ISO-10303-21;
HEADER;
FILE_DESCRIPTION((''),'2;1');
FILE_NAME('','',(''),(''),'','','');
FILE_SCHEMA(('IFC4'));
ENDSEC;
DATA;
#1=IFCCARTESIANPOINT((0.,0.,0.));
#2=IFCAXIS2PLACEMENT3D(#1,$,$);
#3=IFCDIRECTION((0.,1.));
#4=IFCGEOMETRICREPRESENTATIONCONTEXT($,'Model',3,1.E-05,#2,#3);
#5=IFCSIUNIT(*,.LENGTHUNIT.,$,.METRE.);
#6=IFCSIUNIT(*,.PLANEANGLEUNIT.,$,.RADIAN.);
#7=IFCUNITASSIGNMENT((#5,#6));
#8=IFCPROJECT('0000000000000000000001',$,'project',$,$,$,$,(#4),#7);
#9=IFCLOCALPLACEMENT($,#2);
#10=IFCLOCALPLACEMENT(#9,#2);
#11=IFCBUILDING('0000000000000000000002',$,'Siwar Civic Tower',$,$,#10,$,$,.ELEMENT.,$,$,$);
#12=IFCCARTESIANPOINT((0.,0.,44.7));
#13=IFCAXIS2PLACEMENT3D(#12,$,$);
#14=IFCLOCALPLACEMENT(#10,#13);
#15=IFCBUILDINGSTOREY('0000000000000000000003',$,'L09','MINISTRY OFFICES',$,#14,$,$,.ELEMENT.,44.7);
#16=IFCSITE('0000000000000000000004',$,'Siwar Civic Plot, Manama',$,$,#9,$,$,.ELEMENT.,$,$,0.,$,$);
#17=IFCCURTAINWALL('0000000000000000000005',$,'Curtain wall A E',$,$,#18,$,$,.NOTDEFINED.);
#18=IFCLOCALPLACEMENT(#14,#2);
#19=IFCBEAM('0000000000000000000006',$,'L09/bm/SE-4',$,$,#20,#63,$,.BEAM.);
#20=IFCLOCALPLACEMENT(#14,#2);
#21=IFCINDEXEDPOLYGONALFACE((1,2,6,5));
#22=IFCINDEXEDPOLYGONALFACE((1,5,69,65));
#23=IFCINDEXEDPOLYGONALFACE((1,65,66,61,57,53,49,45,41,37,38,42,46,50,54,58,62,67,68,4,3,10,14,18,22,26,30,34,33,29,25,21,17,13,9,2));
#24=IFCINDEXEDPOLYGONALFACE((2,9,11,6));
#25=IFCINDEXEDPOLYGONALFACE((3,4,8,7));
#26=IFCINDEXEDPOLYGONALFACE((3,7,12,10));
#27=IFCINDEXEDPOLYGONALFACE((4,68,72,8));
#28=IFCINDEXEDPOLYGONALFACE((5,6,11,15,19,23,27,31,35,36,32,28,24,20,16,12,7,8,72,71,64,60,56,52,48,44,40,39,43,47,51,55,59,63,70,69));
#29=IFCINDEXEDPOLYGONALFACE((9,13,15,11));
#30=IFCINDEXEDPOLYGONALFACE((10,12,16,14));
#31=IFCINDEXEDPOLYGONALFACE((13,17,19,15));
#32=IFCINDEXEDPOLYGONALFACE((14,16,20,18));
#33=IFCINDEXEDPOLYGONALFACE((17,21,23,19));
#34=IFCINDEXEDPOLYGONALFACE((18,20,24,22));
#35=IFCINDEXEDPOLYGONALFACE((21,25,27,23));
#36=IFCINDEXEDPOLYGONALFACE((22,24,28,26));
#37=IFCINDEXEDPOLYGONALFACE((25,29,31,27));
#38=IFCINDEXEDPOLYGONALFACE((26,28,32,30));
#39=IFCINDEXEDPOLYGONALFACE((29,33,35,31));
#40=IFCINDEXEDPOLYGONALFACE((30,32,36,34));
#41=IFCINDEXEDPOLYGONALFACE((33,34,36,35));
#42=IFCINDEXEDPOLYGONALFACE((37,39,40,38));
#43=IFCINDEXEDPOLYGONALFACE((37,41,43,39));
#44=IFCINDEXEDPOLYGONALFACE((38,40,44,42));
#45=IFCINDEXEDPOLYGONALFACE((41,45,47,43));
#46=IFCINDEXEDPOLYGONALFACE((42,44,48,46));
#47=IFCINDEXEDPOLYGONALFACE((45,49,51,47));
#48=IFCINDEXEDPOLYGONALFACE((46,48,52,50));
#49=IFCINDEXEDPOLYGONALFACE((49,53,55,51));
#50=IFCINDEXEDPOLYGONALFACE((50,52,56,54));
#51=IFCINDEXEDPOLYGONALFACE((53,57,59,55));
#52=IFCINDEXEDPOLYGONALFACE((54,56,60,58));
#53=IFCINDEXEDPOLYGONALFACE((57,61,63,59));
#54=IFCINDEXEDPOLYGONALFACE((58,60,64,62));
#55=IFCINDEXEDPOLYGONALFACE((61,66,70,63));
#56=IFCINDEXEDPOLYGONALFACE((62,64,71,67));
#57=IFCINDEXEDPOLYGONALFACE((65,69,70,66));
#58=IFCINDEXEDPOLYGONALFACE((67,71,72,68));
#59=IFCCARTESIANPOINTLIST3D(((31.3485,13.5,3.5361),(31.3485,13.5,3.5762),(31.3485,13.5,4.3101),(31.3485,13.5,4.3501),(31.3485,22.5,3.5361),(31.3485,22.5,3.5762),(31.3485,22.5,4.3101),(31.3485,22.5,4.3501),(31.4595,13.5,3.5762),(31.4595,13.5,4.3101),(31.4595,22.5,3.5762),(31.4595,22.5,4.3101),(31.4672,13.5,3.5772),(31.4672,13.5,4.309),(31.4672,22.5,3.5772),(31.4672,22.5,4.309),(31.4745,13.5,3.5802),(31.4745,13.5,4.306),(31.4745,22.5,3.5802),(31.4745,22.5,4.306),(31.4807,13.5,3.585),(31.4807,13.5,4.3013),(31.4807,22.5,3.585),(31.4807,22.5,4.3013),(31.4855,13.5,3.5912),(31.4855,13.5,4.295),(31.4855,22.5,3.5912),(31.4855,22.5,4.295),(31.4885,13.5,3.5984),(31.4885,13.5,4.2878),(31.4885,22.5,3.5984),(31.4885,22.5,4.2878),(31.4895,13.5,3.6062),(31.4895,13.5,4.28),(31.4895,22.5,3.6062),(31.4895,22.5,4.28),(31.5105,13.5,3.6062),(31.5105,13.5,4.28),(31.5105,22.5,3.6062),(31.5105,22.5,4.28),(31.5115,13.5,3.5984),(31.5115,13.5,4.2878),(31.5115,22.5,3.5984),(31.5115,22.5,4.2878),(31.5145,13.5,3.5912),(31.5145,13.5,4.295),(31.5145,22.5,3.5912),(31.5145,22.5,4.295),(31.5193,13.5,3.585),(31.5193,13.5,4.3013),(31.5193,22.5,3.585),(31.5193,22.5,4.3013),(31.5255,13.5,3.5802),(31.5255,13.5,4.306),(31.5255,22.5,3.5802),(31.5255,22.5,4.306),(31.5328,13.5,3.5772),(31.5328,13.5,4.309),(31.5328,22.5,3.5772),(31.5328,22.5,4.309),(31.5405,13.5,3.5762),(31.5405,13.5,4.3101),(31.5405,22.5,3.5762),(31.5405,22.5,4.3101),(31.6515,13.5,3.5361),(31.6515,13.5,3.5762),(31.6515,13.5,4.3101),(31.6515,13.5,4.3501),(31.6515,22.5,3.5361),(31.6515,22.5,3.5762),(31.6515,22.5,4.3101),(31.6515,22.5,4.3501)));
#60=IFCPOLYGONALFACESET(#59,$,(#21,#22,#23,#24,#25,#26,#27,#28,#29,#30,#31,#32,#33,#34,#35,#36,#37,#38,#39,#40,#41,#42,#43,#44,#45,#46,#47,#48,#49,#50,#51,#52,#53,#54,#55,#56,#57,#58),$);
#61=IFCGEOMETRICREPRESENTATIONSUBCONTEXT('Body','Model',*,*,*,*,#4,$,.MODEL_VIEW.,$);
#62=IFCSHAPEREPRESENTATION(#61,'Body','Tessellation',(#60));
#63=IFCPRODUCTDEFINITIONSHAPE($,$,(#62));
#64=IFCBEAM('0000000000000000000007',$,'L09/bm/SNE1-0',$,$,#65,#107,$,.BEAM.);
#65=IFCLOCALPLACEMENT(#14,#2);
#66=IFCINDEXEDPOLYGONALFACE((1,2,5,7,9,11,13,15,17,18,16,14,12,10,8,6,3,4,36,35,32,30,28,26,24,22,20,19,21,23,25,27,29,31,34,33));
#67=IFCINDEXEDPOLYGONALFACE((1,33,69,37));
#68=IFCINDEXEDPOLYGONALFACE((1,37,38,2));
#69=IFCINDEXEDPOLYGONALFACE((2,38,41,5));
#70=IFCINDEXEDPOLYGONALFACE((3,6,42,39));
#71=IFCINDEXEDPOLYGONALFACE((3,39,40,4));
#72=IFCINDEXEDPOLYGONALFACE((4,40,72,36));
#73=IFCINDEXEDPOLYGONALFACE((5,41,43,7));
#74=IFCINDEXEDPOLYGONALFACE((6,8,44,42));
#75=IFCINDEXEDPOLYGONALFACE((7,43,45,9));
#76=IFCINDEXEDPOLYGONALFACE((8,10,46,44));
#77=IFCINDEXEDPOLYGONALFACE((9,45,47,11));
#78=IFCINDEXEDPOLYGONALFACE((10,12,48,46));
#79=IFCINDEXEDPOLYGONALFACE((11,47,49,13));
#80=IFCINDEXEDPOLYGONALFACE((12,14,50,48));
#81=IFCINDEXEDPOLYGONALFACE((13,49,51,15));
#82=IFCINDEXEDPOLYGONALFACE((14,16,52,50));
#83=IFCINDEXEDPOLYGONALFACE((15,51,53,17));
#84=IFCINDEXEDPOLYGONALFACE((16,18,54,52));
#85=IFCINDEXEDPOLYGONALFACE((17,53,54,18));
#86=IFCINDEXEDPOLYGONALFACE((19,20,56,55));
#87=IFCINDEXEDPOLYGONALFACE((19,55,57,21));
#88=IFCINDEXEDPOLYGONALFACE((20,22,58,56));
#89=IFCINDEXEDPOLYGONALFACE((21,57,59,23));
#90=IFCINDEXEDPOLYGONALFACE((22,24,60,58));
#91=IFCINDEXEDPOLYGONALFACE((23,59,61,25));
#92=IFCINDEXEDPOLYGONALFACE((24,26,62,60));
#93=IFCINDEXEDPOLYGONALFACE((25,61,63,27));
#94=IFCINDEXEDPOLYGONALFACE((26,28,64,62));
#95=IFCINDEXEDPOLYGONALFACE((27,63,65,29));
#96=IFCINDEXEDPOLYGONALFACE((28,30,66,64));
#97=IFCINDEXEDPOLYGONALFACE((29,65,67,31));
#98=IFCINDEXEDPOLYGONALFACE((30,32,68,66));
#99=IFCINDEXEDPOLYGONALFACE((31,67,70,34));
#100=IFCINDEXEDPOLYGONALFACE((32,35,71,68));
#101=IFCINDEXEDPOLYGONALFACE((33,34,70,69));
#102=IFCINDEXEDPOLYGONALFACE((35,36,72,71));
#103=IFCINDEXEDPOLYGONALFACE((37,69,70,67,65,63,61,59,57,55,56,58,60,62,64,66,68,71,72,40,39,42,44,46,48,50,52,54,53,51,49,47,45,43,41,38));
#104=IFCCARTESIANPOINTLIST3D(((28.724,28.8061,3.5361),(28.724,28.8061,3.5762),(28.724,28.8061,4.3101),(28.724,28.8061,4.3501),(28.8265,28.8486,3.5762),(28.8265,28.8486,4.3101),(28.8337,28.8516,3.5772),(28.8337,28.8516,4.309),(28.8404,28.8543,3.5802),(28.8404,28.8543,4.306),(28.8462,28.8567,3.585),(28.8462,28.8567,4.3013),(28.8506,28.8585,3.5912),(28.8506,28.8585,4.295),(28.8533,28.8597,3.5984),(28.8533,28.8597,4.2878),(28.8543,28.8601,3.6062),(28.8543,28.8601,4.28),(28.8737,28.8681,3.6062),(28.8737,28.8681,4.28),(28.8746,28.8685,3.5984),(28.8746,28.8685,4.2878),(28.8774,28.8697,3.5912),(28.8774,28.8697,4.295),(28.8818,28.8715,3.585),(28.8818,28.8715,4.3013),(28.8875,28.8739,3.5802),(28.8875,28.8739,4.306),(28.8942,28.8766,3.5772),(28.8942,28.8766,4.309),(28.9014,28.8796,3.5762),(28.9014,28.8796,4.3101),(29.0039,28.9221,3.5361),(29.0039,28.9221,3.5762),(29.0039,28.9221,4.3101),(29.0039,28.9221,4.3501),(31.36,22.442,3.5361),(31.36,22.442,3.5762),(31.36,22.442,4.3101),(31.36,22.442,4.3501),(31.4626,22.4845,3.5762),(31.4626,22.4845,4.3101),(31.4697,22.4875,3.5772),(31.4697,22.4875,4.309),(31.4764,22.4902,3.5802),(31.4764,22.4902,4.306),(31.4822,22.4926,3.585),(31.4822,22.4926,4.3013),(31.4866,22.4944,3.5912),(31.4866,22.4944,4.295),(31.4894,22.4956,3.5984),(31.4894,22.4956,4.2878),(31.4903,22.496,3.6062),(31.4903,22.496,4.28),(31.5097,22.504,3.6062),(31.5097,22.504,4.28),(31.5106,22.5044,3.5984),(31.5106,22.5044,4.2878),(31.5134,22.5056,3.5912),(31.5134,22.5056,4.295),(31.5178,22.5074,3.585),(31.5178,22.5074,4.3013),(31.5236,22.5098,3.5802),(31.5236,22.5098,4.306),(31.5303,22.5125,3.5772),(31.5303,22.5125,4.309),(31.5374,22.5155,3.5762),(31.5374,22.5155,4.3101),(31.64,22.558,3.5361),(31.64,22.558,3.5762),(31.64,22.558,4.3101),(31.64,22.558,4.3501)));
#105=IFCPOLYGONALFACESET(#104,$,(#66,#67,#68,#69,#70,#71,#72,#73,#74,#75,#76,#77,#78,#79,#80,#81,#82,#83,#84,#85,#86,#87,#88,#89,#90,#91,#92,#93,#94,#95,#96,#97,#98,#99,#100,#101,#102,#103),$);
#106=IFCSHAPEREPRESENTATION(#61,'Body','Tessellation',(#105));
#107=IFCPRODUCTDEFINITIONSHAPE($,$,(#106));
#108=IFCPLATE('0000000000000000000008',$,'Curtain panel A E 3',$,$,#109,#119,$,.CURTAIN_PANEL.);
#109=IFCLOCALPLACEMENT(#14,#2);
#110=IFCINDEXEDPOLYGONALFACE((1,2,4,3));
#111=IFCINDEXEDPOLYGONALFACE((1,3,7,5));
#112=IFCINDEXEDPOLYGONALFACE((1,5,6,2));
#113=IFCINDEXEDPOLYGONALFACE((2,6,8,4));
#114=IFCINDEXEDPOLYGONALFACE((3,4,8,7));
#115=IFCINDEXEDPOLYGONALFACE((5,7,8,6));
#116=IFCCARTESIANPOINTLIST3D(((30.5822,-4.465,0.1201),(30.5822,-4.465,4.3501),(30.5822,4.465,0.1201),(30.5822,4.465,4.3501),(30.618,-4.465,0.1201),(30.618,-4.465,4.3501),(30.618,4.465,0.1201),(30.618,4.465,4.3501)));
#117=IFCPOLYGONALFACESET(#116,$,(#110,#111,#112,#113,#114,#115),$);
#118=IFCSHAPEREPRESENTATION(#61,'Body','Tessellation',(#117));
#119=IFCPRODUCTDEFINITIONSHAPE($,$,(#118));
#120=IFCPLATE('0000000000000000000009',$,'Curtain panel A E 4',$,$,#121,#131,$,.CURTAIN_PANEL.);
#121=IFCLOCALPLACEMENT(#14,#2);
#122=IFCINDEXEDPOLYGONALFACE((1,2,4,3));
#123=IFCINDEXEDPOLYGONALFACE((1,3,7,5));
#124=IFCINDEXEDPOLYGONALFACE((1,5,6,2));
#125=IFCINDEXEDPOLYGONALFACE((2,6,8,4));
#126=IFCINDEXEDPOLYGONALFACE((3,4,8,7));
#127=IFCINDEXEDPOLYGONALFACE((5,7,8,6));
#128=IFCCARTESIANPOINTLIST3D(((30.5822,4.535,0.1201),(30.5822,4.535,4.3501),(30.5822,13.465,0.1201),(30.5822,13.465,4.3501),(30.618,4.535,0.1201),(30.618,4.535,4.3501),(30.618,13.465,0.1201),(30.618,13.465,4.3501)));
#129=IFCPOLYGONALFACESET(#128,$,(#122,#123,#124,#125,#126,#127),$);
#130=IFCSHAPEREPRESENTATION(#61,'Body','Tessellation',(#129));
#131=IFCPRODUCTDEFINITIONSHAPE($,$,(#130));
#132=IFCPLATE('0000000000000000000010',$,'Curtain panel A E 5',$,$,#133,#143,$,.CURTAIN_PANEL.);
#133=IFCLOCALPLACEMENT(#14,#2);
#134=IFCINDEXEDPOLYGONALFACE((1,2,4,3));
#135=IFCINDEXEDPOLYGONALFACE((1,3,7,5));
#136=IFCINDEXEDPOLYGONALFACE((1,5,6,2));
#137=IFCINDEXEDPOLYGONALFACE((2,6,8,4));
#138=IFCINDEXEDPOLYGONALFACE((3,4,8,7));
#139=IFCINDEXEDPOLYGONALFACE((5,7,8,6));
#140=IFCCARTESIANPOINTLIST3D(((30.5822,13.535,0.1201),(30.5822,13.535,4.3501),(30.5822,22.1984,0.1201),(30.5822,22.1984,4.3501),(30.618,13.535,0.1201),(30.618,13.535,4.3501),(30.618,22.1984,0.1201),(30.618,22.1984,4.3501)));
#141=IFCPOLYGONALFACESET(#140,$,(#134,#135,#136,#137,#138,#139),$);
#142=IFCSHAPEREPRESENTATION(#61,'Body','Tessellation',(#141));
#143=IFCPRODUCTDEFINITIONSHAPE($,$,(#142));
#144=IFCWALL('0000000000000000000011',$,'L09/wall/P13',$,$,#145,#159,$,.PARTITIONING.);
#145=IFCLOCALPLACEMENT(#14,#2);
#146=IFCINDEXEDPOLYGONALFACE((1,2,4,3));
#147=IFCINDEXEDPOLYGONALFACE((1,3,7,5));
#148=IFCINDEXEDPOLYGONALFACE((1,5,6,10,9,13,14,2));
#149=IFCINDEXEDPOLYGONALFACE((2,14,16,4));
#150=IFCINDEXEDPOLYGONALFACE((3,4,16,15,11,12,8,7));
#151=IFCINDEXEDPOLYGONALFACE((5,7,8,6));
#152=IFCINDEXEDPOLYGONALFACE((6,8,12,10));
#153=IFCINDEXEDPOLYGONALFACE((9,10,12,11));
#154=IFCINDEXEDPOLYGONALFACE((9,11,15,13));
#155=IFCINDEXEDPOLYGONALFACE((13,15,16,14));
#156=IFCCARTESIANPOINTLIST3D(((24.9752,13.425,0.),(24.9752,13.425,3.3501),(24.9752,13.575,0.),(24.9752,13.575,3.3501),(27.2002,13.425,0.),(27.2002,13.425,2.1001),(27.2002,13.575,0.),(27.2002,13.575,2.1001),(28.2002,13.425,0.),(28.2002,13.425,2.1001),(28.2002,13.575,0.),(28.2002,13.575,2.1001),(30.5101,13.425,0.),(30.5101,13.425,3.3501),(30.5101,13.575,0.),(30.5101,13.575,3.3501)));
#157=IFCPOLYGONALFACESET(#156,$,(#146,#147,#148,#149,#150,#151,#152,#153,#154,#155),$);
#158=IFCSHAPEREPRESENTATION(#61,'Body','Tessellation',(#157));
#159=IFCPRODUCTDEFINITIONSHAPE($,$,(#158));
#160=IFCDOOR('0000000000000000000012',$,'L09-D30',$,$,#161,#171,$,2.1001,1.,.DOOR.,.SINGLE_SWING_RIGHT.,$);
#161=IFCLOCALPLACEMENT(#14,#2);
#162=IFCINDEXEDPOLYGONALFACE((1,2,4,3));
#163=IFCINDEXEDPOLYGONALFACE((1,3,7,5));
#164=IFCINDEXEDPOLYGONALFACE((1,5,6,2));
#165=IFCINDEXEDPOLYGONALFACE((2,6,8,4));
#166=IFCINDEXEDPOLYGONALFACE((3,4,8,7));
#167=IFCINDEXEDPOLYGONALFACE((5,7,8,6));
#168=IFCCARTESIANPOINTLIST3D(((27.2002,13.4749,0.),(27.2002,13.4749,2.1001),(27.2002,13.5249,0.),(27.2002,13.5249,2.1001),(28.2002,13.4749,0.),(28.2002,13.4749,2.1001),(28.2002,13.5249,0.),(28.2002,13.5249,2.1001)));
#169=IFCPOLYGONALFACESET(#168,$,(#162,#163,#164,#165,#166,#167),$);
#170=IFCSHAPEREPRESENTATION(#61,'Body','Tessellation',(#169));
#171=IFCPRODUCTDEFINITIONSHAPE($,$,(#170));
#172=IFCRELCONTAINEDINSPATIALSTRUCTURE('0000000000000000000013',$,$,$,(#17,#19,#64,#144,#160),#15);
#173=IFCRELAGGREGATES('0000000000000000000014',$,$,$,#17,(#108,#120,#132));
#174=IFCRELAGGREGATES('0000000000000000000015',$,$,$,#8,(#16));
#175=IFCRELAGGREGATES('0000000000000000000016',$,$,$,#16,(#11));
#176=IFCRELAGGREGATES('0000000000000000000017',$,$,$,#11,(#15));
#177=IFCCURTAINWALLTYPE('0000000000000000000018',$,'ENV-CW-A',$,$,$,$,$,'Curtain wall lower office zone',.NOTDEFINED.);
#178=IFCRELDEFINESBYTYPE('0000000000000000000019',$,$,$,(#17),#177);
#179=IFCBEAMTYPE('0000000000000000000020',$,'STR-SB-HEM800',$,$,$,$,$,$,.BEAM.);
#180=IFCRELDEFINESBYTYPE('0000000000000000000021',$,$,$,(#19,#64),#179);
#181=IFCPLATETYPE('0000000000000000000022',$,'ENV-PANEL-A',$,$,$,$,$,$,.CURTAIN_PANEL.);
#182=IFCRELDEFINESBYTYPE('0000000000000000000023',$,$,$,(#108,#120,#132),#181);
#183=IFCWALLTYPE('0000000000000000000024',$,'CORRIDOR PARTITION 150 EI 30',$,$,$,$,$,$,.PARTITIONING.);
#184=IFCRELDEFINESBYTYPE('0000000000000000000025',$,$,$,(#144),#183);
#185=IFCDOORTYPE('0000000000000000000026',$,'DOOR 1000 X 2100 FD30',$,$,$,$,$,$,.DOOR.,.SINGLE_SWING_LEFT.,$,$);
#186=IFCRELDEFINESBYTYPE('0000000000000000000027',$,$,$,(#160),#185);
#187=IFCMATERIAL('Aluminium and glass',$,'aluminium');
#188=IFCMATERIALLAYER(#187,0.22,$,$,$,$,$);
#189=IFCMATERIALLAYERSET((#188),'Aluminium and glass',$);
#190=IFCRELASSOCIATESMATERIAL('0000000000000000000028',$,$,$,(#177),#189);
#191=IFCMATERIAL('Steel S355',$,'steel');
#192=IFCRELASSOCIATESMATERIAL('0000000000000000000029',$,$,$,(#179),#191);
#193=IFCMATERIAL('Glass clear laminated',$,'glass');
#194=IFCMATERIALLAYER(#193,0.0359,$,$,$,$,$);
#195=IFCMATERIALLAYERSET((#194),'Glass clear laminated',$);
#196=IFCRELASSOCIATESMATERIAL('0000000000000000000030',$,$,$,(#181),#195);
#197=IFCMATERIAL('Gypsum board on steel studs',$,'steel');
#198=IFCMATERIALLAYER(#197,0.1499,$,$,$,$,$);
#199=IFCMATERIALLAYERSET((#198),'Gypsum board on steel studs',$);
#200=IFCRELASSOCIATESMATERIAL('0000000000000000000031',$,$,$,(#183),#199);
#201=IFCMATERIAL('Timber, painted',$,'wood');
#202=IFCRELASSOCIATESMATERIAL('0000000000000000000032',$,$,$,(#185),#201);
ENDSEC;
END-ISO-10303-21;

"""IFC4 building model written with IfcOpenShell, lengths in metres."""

from ifc_helpers import new_model, si_unit, direction, frame, frame_2d, origin, origin_2d, place, context, subcontext, project, spatial, rectangle, i_section, extrude, material, layer, layer_set, material_profile, profile_set, type_object, element, fill, aggregate, save


model = new_model("IFC4")

# Units and contexts
model_context = context("Model", 3, precision=1e-05, world=origin(), true_north=direction((0.0, 1.0)))
body_context = subcontext(model_context, "Body", "Model", "MODEL_VIEW")
ifc_project = project(units=[si_unit("LENGTHUNIT", "METRE"), si_unit("PLANEANGLEUNIT", "RADIAN")], contexts=[model_context])

# Site, building, storey
site_placement = place(None, origin())
site = spatial("IfcSite", under=ifc_project, at=site_placement, Name="Siwar Civic Plot, Manama", CompositionType="ELEMENT", RefElevation=0.0)
building_placement = place(site_placement, origin())
building = spatial("IfcBuilding", under=site, at=building_placement, Name="Siwar Civic Tower", CompositionType="ELEMENT")
storey_placement = place(building_placement, frame((0.0, 0.0, 44.7)))
storey = spatial("IfcBuildingStorey", under=building, at=storey_placement, Name="L09", Description="MINISTRY OFFICES", CompositionType="ELEMENT", Elevation=44.7)

# Curtain wall
ifc_material_1 = material(Name="Aluminium and glass", Category="aluminium")
ifc_layer_1 = layer(ifc_material_1, 0.22)
ifc_layer_set_1 = layer_set([ifc_layer_1], Name="Aluminium and glass")
curtain_wall_type_1 = type_object("IfcCurtainWallType", Name="ENV-CW-A", ElementType="Curtain wall lower office zone", PredefinedType="NOTDEFINED", material=ifc_layer_set_1)
curtain_wall_1_placement = place(storey_placement, origin())
curtain_wall_1 = element("IfcCurtainWall", 1, at=curtain_wall_1_placement, inside=storey, type_object=curtain_wall_type_1, Name="Curtain wall A E", PredefinedType="NOTDEFINED")

# Beams
ifc_material_2 = material(Name="Steel S355", Category="steel")
ifc_material_profile_1 = material_profile(ifc_material_2, i_section(OverallWidth=0.303, OverallDepth=0.814, WebThickness=0.021, FlangeThickness=0.04, FilletRadius=0.03, at=origin_2d()), Name="HEM800")
ifc_profile_set_1 = profile_set([ifc_material_profile_1], Name="Steel S355")
beam_type_1 = type_object("IfcBeamType", Name="STR-SB-HEM800", PredefinedType="BEAM", material=ifc_profile_set_1)
for number, where, z_axis, x_axis, name in (
    (2, (31.5, 13.5, 3.9431), (0.0, 1.0, 0.0), (-1.0, 0.0, 0.0), "L09/bm/SE-4"),
):
    element("IfcBeam", number, at=place(storey_placement, frame(where, z_axis=z_axis, x_axis=x_axis)), inside=storey, type_object=beam_type_1, Name=name, PredefinedType="BEAM", context=body_context, shape_type="SweptSolid", body=[
        extrude(i_section(OverallWidth=0.303, OverallDepth=0.814, WebThickness=0.021, FlangeThickness=0.04, FilletRadius=0.03, at=origin_2d()), origin(), (0.0, 0.0, 1.0), 9.0),
    ])
beam_1_placement = place(storey_placement, frame((31.5, 22.5, 3.9431), z_axis=(-0.382674, 0.923883, 0.0), x_axis=(-0.923883, -0.382674, 0.0)))
element("IfcBeam", 3, at=beam_1_placement, inside=storey, type_object=beam_type_1, Name="L09/bm/SNE1-0", PredefinedType="BEAM", context=body_context, shape_type="SweptSolid", body=[
    extrude(i_section(OverallWidth=0.303, OverallDepth=0.814, WebThickness=0.021, FlangeThickness=0.04, FilletRadius=0.03, at=origin_2d()), origin(), (0.0, 0.0, 1.0), 6.8884),
])

# Plates
ifc_material_3 = material(Name="Glass clear laminated", Category="glass")
ifc_layer_2 = layer(ifc_material_3, 0.0359)
ifc_layer_set_2 = layer_set([ifc_layer_2], Name="Glass clear laminated")
plate_type = type_object("IfcPlateType", Name="ENV-PANEL-A", PredefinedType="CURTAIN_PANEL", material=ifc_layer_set_2)
plate_1_placement = place(storey_placement, frame((30.6001, 0.0, 0.1201), z_axis=(0.0, 0.0, 1.0), x_axis=(0.0, 1.0, 0.0)))
plate_1 = element("IfcPlate", 4, at=plate_1_placement, type_object=plate_type, Name="Curtain panel A E 3", PredefinedType="CURTAIN_PANEL", context=body_context, shape_type="SweptSolid", body=[
    extrude(rectangle(XDim=8.9299, YDim=0.0359, at=origin_2d()), origin(), (0.0, 0.0, 1.0), 4.23),
])
plate_2_placement = place(storey_placement, frame((30.6001, 9.0, 0.1201), z_axis=(0.0, 0.0, 1.0), x_axis=(0.0, 1.0, 0.0)))
plate_2 = element("IfcPlate", 5, at=plate_2_placement, type_object=plate_type, Name="Curtain panel A E 4", PredefinedType="CURTAIN_PANEL", context=body_context, shape_type="SweptSolid", body=[
    extrude(rectangle(XDim=8.9299, YDim=0.0359, at=origin_2d()), origin(), (0.0, 0.0, 1.0), 4.23),
])
plate_3_placement = place(storey_placement, frame((30.6001, 17.8667, 0.1201), z_axis=(0.0, 0.0, 1.0), x_axis=(0.0, 1.0, 0.0)))
plate_3 = element("IfcPlate", 6, at=plate_3_placement, type_object=plate_type, Name="Curtain panel A E 5", PredefinedType="CURTAIN_PANEL", context=body_context, shape_type="SweptSolid", body=[
    extrude(rectangle(XDim=8.6633, YDim=0.0359, at=origin_2d()), origin(), (0.0, 0.0, 1.0), 4.23),
])
aggregate(curtain_wall_1, [plate_1, plate_2, plate_3])

# Wall, opening, door
ifc_material_4 = material(Name="Gypsum board on steel studs", Category="steel")
ifc_layer_3 = layer(ifc_material_4, 0.1499)
ifc_layer_set_3 = layer_set([ifc_layer_3], Name="Gypsum board on steel studs")
wall_type_1 = type_object("IfcWallType", Name="CORRIDOR PARTITION 150 EI 30", PredefinedType="PARTITIONING", material=ifc_layer_set_3)
wall_1_placement = place(storey_placement, frame((24.9751, 13.5, 0.0), z_axis=(0.0, 0.0, 1.0), x_axis=(1.0, 0.0, 0.0)))
wall_1 = element("IfcWall", 7, at=wall_1_placement, inside=storey, type_object=wall_type_1, Name="L09/wall/P13", PredefinedType="PARTITIONING", context=body_context, shape_type="SweptSolid", body=[
    extrude(rectangle(XDim=5.5349, YDim=0.1499, at=frame_2d((2.7676, 0.0))), origin(), (0.0, 0.0, 1.0), 3.3501),
])
opening_1_placement = place(wall_1_placement, frame((2.2251, 0.0, 0.0)))
opening_1 = element("IfcOpeningElement", 8, at=opening_1_placement, cuts=wall_1, PredefinedType="OPENING", context=body_context, shape_type="SweptSolid", body=[
    extrude(rectangle(XDim=1.0, YDim=2.1001, at=frame_2d((0.5, 1.05))), frame((0.0, 0.085, 0.0), z_axis=(0.0, -1.0, 0.0), x_axis=(1.0, 0.0, 0.0)), (0.0, 0.0, 1.0), 0.1699),
])
ifc_material_5 = material(Name="Timber, painted", Category="wood")
door_type_1 = type_object("IfcDoorType", Name="DOOR 1000 X 2100 FD30", OperationType="SINGLE_SWING_LEFT", PredefinedType="DOOR", material=ifc_material_5)
door_1_placement = place(opening_1_placement, origin())
door_1 = element("IfcDoor", 9, at=door_1_placement, inside=storey, type_object=door_type_1, Name="L09-D30", OperationType="SINGLE_SWING_RIGHT", OverallHeight=2.1001, OverallWidth=1.0, PredefinedType="DOOR", context=body_context, shape_type="SweptSolid", body=[
    extrude(rectangle(XDim=1.0, YDim=2.1001, at=frame_2d((0.5, 1.05))), frame((0.0, 0.0249, 0.0), z_axis=(0.0, -1.0, 0.0), x_axis=(1.0, 0.0, 0.0)), (0.0, 0.0, 1.0), 0.05),
])
fill(opening_1, door_1)

save(model, "model.ifc")
